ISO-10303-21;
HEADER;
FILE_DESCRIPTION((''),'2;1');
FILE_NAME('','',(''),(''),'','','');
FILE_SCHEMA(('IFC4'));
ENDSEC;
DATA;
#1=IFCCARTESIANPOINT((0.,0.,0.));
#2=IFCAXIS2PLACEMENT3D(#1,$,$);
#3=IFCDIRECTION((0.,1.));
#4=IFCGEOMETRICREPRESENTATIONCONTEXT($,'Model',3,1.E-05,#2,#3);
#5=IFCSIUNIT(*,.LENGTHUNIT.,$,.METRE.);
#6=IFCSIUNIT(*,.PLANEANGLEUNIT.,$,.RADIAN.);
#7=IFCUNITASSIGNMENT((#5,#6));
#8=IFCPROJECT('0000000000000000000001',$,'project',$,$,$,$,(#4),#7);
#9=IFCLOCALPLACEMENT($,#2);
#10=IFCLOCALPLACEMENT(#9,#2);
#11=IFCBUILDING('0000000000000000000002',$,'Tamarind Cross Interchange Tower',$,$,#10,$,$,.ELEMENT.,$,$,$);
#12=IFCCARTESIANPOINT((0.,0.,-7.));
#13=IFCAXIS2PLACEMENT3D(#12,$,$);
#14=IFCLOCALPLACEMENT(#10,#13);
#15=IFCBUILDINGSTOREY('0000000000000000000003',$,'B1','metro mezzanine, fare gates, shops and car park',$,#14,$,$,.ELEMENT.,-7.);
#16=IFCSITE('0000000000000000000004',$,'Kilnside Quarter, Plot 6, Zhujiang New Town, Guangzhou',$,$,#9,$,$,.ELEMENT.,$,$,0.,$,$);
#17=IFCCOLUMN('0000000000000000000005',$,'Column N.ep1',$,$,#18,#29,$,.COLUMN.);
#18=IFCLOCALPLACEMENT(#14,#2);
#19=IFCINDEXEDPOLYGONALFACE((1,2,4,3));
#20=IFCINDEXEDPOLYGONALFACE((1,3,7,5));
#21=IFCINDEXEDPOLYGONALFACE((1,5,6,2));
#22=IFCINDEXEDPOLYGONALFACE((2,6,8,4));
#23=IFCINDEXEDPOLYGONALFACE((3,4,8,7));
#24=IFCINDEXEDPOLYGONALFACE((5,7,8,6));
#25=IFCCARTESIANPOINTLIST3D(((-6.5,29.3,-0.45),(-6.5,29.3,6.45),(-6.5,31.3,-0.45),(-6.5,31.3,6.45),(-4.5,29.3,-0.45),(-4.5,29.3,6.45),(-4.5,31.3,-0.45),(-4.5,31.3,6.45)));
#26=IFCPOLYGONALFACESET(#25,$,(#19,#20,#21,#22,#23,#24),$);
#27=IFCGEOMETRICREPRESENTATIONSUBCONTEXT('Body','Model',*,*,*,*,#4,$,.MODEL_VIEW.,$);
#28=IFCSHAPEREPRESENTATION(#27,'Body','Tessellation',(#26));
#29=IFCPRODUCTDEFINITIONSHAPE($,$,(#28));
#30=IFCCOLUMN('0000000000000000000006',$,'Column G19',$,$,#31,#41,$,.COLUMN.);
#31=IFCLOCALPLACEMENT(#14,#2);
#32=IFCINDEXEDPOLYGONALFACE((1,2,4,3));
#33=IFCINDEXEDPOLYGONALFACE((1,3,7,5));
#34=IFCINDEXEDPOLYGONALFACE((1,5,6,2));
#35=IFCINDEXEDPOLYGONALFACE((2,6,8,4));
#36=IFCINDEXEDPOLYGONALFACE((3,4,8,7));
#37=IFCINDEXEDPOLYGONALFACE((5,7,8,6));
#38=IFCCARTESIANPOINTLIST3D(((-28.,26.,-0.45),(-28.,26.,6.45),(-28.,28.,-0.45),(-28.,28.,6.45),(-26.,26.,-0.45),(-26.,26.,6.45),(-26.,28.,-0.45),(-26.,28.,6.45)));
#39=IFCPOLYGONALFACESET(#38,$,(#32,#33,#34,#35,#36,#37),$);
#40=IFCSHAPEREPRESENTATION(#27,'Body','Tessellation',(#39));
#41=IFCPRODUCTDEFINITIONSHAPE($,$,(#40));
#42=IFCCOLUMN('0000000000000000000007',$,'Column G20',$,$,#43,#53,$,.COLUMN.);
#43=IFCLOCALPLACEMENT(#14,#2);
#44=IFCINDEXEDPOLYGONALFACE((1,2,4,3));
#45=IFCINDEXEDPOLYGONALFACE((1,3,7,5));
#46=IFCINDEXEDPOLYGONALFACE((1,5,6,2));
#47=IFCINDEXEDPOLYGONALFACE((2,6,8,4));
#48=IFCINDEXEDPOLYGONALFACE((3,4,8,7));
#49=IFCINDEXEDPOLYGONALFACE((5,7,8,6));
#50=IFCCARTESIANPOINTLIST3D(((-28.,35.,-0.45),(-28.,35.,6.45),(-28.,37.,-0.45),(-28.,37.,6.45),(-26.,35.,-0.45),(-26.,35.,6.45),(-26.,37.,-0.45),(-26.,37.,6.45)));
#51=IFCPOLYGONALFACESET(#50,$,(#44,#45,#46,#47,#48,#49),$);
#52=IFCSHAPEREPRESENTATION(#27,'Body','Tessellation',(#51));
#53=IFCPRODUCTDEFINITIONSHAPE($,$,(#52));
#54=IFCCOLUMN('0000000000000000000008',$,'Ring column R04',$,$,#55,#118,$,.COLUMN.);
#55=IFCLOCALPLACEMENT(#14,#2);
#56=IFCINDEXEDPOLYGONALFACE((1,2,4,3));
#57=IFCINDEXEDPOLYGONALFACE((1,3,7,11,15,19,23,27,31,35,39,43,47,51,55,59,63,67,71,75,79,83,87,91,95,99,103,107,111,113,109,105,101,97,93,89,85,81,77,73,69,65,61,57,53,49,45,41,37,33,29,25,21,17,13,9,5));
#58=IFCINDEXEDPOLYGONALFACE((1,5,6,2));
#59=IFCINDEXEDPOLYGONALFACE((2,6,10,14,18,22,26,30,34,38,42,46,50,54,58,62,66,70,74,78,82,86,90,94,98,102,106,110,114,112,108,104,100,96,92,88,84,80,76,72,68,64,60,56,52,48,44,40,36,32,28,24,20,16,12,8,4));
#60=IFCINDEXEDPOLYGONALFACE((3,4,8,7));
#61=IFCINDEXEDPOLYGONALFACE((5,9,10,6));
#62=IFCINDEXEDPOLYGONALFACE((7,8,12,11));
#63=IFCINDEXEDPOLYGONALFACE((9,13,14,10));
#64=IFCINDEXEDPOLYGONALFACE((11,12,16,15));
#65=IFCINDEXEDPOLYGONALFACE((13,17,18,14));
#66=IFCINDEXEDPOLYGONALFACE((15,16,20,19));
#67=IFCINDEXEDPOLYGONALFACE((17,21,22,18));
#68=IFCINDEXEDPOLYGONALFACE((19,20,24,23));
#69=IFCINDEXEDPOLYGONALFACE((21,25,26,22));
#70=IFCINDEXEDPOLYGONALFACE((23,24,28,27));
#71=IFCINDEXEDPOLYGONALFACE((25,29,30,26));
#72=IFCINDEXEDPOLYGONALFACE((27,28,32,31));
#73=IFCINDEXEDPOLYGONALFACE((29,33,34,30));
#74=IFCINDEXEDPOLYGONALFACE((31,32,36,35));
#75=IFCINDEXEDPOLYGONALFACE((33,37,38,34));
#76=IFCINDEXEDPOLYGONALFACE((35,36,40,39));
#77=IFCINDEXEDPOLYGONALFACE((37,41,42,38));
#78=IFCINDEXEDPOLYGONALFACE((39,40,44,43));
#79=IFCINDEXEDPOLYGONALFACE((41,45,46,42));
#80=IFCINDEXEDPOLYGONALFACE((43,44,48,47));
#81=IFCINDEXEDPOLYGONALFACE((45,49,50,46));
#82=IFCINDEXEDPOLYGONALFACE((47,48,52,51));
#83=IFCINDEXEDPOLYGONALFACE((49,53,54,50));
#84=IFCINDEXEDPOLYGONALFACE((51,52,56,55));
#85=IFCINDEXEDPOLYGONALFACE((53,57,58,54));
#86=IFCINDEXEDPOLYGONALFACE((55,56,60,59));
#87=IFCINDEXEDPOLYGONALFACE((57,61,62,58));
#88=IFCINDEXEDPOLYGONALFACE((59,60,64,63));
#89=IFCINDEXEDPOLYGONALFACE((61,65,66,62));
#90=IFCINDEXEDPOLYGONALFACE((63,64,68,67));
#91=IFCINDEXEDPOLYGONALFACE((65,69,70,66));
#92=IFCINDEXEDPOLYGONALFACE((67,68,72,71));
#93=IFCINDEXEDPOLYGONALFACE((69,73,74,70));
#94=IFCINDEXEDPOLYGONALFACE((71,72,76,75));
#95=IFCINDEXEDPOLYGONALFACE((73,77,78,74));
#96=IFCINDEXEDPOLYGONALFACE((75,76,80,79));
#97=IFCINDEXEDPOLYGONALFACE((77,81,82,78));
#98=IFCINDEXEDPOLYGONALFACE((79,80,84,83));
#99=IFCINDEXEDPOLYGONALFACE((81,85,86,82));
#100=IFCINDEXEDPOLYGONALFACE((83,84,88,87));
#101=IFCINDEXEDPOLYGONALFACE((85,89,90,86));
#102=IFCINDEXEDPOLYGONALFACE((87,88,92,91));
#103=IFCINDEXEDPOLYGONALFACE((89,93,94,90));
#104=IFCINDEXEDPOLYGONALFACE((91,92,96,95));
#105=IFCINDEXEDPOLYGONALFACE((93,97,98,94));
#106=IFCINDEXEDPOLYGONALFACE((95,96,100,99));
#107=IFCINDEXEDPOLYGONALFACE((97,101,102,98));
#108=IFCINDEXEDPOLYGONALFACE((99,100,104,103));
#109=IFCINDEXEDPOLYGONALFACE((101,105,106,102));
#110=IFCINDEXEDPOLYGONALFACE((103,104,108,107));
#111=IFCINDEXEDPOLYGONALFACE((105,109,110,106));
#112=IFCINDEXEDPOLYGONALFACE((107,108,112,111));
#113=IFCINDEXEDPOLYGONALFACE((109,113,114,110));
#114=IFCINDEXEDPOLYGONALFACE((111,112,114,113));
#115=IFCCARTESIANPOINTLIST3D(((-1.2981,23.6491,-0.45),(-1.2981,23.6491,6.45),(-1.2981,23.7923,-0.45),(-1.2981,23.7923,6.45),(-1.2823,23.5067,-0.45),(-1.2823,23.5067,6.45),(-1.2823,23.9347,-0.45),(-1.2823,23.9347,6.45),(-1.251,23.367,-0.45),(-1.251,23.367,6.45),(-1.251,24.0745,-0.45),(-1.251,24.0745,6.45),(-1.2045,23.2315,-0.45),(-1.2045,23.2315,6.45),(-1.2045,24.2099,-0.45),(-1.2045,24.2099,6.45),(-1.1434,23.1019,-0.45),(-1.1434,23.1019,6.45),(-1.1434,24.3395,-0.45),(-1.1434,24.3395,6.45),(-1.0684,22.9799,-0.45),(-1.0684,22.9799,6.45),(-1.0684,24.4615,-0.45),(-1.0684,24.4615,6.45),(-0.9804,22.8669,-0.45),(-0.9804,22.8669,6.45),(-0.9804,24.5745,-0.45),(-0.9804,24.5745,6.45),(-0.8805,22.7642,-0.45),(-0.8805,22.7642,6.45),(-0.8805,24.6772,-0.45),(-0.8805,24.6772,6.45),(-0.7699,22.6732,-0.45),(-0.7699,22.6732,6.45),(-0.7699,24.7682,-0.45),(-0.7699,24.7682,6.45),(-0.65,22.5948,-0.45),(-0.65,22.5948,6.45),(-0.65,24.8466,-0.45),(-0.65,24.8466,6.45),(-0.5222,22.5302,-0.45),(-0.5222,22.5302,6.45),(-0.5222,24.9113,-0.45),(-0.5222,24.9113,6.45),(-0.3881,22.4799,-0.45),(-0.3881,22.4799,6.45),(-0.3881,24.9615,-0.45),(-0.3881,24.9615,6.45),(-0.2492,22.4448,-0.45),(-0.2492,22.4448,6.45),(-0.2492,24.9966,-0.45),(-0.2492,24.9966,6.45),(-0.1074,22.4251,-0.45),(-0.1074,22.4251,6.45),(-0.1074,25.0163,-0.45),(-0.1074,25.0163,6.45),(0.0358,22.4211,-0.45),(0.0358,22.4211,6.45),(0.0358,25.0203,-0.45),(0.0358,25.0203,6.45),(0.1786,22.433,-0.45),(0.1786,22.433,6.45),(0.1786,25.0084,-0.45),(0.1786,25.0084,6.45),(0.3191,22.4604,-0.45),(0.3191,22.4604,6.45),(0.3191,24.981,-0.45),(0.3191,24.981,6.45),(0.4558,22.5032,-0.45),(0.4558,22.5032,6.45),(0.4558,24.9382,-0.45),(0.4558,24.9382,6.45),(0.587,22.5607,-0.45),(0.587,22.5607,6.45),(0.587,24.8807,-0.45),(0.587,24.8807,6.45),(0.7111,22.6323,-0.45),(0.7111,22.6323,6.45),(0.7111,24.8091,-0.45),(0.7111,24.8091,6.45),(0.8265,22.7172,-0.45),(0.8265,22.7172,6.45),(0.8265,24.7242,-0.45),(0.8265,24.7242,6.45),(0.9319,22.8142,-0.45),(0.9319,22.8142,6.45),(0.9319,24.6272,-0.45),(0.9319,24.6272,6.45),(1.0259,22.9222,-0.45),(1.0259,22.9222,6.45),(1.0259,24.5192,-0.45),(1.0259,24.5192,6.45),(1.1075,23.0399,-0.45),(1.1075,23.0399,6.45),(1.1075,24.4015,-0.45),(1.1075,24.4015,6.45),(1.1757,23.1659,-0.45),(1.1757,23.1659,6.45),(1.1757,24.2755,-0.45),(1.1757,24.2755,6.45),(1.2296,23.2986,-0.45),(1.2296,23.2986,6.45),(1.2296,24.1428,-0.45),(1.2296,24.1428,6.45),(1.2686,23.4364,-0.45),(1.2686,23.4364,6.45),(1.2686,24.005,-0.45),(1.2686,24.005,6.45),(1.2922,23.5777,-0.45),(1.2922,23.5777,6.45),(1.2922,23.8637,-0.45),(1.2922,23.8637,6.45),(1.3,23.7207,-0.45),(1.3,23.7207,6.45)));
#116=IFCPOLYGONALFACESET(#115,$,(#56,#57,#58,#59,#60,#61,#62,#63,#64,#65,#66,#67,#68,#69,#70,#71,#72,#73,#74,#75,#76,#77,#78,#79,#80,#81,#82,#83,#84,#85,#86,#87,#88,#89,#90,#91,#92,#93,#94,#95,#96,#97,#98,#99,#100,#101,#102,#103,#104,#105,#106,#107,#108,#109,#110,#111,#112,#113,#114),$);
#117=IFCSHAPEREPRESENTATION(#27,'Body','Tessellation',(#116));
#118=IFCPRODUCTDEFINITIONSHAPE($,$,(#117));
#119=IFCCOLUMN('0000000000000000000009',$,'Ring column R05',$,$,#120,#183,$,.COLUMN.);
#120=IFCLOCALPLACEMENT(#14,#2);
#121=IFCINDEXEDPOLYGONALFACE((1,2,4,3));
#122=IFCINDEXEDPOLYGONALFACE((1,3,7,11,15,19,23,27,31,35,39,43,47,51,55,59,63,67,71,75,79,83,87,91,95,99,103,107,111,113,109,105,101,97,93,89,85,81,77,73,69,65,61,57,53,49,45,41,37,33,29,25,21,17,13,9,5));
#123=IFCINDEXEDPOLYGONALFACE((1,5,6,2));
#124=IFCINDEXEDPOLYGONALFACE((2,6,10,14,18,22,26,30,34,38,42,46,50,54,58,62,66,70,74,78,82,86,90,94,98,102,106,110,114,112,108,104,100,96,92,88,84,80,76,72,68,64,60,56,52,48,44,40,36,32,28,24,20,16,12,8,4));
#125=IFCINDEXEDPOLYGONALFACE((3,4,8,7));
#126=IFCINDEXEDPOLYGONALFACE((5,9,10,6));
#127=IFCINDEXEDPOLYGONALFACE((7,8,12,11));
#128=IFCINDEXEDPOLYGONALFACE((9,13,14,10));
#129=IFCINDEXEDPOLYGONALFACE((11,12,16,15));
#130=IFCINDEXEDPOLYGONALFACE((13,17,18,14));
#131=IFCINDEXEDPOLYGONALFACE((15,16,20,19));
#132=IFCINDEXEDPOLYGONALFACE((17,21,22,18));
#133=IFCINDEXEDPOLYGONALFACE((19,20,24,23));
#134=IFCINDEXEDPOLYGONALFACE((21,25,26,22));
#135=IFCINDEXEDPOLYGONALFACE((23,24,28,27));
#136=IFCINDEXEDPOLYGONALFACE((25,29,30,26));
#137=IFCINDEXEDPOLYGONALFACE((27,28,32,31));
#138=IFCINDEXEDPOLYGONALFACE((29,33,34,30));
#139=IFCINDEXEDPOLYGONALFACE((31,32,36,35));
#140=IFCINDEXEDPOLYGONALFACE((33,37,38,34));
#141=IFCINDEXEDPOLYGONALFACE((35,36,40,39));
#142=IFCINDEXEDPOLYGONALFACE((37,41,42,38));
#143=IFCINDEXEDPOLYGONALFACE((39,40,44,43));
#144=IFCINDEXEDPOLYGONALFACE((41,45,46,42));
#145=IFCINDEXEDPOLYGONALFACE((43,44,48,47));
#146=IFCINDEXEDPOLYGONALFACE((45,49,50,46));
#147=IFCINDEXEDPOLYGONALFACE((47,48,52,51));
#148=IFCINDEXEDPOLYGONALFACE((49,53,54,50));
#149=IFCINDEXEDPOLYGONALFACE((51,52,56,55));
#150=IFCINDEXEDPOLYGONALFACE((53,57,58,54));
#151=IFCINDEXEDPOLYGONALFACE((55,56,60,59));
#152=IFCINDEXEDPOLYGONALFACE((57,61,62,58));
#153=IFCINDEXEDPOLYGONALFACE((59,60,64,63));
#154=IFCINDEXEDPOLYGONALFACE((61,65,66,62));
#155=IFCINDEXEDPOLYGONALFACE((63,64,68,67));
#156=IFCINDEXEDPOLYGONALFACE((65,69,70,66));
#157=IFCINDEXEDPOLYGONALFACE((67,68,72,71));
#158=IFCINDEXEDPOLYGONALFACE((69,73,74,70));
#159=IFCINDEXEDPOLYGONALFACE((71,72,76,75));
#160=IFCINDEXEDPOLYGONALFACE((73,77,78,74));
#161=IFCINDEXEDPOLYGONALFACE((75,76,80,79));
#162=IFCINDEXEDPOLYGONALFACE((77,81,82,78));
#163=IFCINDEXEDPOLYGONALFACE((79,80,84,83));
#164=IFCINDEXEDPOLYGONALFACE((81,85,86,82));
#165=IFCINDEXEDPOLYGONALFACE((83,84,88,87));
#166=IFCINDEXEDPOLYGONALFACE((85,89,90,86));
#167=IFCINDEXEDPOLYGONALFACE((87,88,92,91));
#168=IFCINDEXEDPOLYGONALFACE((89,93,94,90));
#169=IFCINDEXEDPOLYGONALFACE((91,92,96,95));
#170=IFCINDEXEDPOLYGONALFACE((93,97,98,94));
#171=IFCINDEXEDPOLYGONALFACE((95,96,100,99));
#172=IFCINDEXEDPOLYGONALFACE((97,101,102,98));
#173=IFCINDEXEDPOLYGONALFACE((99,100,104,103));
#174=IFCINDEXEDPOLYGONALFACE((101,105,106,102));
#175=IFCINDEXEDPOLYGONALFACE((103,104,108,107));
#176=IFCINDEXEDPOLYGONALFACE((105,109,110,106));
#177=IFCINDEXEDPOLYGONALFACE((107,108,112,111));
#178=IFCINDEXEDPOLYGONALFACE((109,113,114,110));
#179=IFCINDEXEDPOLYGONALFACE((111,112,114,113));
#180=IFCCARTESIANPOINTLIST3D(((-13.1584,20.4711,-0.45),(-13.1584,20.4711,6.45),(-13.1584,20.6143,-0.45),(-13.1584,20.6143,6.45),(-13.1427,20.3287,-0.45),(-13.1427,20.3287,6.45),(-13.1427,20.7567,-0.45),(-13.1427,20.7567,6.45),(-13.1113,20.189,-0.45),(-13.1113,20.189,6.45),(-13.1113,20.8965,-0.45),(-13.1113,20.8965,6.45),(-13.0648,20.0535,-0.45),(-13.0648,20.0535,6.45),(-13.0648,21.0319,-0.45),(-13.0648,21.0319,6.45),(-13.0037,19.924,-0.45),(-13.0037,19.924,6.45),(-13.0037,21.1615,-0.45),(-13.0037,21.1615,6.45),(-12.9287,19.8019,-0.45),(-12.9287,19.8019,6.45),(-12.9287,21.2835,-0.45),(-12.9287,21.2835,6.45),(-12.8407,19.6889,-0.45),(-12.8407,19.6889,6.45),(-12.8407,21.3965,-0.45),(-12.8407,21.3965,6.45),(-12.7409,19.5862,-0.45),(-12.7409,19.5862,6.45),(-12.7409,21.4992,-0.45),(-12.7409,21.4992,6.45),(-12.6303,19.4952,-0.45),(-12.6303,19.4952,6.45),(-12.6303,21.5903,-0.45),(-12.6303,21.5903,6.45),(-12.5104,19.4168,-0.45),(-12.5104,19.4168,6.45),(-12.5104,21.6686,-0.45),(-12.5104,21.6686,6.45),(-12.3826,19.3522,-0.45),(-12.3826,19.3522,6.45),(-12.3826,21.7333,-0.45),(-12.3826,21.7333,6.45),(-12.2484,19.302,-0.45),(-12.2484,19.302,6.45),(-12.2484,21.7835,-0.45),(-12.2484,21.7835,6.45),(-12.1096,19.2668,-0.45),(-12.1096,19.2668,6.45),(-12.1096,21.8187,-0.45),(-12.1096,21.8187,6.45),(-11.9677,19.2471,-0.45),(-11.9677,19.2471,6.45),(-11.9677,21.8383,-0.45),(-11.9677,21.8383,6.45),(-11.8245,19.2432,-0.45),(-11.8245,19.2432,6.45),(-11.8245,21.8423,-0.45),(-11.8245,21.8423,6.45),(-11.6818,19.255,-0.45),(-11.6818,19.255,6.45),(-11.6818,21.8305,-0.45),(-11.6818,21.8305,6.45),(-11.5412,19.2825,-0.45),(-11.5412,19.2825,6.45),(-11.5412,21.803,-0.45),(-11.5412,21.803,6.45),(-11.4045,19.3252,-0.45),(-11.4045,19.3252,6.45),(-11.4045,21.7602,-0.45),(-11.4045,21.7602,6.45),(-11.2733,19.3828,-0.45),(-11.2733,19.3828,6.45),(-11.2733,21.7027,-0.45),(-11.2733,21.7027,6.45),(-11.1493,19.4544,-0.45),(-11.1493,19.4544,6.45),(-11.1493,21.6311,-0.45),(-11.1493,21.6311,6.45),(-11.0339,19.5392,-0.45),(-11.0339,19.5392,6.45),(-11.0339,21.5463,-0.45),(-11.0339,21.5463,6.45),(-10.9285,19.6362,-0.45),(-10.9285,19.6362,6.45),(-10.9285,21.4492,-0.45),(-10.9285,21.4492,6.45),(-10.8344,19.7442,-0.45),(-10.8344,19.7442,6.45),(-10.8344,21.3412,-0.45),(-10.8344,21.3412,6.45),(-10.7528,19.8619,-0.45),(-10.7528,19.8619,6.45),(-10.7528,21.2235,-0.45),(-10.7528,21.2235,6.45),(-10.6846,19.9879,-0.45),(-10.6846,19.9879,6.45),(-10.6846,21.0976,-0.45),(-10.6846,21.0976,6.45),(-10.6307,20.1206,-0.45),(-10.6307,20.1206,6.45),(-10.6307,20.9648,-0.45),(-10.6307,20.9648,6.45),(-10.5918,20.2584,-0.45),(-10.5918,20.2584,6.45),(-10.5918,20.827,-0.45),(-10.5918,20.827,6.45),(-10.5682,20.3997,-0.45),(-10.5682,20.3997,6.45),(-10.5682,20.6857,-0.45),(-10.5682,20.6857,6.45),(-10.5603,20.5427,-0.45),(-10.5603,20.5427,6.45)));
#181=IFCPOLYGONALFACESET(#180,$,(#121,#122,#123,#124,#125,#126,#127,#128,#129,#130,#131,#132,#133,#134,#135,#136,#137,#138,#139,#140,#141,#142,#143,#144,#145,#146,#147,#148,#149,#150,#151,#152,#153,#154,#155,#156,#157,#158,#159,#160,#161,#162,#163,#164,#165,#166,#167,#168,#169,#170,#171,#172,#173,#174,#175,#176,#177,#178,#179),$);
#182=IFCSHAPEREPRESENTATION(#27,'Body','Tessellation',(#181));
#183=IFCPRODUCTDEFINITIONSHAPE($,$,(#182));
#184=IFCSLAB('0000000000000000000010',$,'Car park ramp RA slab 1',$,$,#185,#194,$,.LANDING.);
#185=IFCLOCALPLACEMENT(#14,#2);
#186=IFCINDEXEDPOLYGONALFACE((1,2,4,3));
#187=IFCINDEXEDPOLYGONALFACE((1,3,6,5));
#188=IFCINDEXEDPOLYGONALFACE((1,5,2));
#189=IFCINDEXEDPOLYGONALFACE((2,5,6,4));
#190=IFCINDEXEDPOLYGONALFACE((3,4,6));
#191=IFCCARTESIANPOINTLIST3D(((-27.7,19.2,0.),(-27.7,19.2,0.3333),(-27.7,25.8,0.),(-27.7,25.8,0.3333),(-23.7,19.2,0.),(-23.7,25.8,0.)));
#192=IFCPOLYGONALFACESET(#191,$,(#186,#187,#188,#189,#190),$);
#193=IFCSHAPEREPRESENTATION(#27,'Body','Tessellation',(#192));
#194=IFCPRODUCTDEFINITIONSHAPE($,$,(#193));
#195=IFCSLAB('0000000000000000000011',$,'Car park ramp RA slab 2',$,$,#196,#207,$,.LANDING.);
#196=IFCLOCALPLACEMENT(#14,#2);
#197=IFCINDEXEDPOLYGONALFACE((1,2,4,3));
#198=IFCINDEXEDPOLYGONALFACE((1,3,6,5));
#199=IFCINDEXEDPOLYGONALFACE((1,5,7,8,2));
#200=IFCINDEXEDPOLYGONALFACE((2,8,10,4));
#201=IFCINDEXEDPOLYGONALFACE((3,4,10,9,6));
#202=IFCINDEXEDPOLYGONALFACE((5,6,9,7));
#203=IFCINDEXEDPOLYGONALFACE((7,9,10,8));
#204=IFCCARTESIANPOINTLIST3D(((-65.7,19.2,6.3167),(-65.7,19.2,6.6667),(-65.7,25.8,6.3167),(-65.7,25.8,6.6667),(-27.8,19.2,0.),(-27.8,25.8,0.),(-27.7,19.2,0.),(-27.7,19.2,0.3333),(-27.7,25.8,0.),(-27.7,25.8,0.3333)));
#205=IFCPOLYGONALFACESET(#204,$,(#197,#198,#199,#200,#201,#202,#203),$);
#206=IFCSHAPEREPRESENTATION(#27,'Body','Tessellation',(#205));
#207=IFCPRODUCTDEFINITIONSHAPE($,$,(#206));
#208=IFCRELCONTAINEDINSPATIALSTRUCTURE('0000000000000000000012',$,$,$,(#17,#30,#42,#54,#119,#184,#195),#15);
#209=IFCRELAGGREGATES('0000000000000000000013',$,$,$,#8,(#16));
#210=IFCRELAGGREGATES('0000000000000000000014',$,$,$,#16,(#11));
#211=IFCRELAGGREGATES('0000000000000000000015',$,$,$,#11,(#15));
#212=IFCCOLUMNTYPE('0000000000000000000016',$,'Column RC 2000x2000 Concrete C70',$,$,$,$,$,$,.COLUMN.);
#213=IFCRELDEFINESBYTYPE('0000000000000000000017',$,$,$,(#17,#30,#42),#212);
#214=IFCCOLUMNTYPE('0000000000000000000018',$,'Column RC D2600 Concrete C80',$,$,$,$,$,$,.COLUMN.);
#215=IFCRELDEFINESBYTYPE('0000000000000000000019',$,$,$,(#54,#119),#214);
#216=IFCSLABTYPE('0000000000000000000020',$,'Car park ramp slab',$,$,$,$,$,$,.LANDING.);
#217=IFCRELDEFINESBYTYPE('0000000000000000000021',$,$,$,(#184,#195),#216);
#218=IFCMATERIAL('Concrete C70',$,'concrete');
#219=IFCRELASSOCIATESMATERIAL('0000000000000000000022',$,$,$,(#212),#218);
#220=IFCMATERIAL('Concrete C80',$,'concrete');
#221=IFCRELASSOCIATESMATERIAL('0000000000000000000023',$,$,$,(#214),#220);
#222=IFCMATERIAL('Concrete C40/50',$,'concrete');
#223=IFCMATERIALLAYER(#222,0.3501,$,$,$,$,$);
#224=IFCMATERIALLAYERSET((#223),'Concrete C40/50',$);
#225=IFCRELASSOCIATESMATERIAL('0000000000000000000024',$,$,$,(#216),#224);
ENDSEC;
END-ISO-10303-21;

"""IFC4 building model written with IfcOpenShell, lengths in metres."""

from ifc_helpers import new_model, si_unit, direction, frame, origin, origin_2d, place, context, subcontext, project, spatial, polyline, rectangle, circle, outline, extrude, material, layer, layer_set, material_profile, profile_set, type_object, element, save


model = new_model("IFC4")

# Units and contexts
model_context = context("Model", 3, precision=1e-05, world=origin(), true_north=direction((0.0, 1.0)))
body_context = subcontext(model_context, "Body", "Model", "MODEL_VIEW")
ifc_project = project(units=[si_unit("LENGTHUNIT", "METRE"), si_unit("PLANEANGLEUNIT", "RADIAN")], contexts=[model_context])

# Site, building, storey
site_placement = place(None, origin())
site = spatial("IfcSite", under=ifc_project, at=site_placement, Name="Kilnside Quarter, Plot 6, Zhujiang New Town, Guangzhou", CompositionType="ELEMENT", RefElevation=0.0)
building_placement = place(site_placement, origin())
building = spatial("IfcBuilding", under=site, at=building_placement, Name="Tamarind Cross Interchange Tower", CompositionType="ELEMENT")
storey_placement = place(building_placement, frame((0.0, 0.0, -7.0)))
storey = spatial("IfcBuildingStorey", under=building, at=storey_placement, Name="B1", Description="metro mezzanine, fare gates, shops and car park", CompositionType="ELEMENT", Elevation=-7.0)

# Columns
ifc_material_1 = material(Name="Concrete C70", Category="concrete")
ifc_material_profile_1 = material_profile(ifc_material_1, rectangle(XDim=2.0, YDim=2.0, at=origin_2d()), Name="RC 2000x2000")
ifc_profile_set_1 = profile_set([ifc_material_profile_1], Name="Concrete C70")
column_type_1 = type_object("IfcColumnType", Name="Column RC 2000x2000 Concrete C70", PredefinedType="COLUMN", material=ifc_profile_set_1)
for number, where, z_axis, x_axis, name in (
    (1, (-5.5, 30.3, -0.45), (0.0, 0.0, 1.0), (1.0, 0.0, 0.0), "Column N.ep1"),
    (2, (-27.0, 27.0, -0.45), (0.0, 0.0, 1.0), (1.0, 0.0, 0.0), "Column G19"),
    (3, (-27.0, 36.0, -0.45), (0.0, 0.0, 1.0), (1.0, 0.0, 0.0), "Column G20"),
):
    element("IfcColumn", number, at=place(storey_placement, frame(where, z_axis=z_axis, x_axis=x_axis)), inside=storey, type_object=column_type_1, Name=name, PredefinedType="COLUMN", context=body_context, shape_type="SweptSolid", body=[
        extrude(rectangle(XDim=2.0, YDim=2.0, at=origin_2d()), origin(), (0.0, 0.0, 1.0), 6.8999),
    ])
ifc_material_2 = material(Name="Concrete C80", Category="concrete")
ifc_material_profile_2 = material_profile(ifc_material_2, circle(Radius=1.3, at=origin_2d()), Name="RC D2600")
ifc_profile_set_2 = profile_set([ifc_material_profile_2], Name="Concrete C80")
column_type_2 = type_object("IfcColumnType", Name="Column RC D2600 Concrete C80", PredefinedType="COLUMN", material=ifc_profile_set_2)
for number, where, z_axis, x_axis, name in (
    (4, (0.0, 23.7207, -0.45), (0.0, 0.0, 1.0), (1.0, 0.0, 0.0), "Ring column R04"),
    (5, (-11.8604, 20.5427, -0.45), (0.0, 0.0, 1.0), (1.0, 0.0, 0.0), "Ring column R05"),
):
    element("IfcColumn", number, at=place(storey_placement, frame(where, z_axis=z_axis, x_axis=x_axis)), inside=storey, type_object=column_type_2, Name=name, PredefinedType="COLUMN", context=body_context, shape_type="SweptSolid", body=[
        extrude(circle(Radius=1.3, at=origin_2d()), origin(), (0.0, 0.0, 1.0), 6.8999),
    ])

# Slabs
ifc_material_3 = material(Name="Concrete C40/50", Category="concrete")
ifc_layer_1 = layer(ifc_material_3, 0.3501)
ifc_layer_set_1 = layer_set([ifc_layer_1], Name="Concrete C40/50")
slab_type = type_object("IfcSlabType", Name="Car park ramp slab", PredefinedType="LANDING", material=ifc_layer_set_1)
slab_1_placement = place(storey_placement, frame((-23.7, 22.5, 0.0), z_axis=(0.0, 0.0, 1.0), x_axis=(-1.0, 0.0, 0.0)))
element("IfcSlab", 6, at=slab_1_placement, inside=storey, type_object=slab_type, Name="Car park ramp RA slab 1", PredefinedType="LANDING", context=body_context, shape_type="SweptSolid", body=[
    extrude(outline(polyline([(0.0, 0.0), (4.0, 0.0), (4.0, 0.3333), (0.0, 0.0), (0.0, 0.0)])), frame((0.0, 3.3, 0.0), z_axis=(0.0, -1.0, 0.0), x_axis=(1.0, 0.0, 0.0)), (0.0, 0.0, 1.0), 6.6001),
])
slab_2_placement = place(storey_placement, frame((-27.7, 22.5, 0.0), z_axis=(0.0, 0.0, 1.0), x_axis=(-1.0, 0.0, 0.0)))
element("IfcSlab", 7, at=slab_2_placement, inside=storey, type_object=slab_type, Name="Car park ramp RA slab 2", PredefinedType="LANDING", context=body_context, shape_type="SweptSolid", body=[
    extrude(outline(polyline([(0.0, 0.0), (0.1001, 0.0), (38.0, 6.3167), (38.0, 6.6667), (0.0, 0.3333), (0.0, 0.0)])), frame((0.0, 3.3, 0.0), z_axis=(0.0, -1.0, 0.0), x_axis=(1.0, 0.0, 0.0)), (0.0, 0.0, 1.0), 6.6001),
])

save(model, "model.ifc")
